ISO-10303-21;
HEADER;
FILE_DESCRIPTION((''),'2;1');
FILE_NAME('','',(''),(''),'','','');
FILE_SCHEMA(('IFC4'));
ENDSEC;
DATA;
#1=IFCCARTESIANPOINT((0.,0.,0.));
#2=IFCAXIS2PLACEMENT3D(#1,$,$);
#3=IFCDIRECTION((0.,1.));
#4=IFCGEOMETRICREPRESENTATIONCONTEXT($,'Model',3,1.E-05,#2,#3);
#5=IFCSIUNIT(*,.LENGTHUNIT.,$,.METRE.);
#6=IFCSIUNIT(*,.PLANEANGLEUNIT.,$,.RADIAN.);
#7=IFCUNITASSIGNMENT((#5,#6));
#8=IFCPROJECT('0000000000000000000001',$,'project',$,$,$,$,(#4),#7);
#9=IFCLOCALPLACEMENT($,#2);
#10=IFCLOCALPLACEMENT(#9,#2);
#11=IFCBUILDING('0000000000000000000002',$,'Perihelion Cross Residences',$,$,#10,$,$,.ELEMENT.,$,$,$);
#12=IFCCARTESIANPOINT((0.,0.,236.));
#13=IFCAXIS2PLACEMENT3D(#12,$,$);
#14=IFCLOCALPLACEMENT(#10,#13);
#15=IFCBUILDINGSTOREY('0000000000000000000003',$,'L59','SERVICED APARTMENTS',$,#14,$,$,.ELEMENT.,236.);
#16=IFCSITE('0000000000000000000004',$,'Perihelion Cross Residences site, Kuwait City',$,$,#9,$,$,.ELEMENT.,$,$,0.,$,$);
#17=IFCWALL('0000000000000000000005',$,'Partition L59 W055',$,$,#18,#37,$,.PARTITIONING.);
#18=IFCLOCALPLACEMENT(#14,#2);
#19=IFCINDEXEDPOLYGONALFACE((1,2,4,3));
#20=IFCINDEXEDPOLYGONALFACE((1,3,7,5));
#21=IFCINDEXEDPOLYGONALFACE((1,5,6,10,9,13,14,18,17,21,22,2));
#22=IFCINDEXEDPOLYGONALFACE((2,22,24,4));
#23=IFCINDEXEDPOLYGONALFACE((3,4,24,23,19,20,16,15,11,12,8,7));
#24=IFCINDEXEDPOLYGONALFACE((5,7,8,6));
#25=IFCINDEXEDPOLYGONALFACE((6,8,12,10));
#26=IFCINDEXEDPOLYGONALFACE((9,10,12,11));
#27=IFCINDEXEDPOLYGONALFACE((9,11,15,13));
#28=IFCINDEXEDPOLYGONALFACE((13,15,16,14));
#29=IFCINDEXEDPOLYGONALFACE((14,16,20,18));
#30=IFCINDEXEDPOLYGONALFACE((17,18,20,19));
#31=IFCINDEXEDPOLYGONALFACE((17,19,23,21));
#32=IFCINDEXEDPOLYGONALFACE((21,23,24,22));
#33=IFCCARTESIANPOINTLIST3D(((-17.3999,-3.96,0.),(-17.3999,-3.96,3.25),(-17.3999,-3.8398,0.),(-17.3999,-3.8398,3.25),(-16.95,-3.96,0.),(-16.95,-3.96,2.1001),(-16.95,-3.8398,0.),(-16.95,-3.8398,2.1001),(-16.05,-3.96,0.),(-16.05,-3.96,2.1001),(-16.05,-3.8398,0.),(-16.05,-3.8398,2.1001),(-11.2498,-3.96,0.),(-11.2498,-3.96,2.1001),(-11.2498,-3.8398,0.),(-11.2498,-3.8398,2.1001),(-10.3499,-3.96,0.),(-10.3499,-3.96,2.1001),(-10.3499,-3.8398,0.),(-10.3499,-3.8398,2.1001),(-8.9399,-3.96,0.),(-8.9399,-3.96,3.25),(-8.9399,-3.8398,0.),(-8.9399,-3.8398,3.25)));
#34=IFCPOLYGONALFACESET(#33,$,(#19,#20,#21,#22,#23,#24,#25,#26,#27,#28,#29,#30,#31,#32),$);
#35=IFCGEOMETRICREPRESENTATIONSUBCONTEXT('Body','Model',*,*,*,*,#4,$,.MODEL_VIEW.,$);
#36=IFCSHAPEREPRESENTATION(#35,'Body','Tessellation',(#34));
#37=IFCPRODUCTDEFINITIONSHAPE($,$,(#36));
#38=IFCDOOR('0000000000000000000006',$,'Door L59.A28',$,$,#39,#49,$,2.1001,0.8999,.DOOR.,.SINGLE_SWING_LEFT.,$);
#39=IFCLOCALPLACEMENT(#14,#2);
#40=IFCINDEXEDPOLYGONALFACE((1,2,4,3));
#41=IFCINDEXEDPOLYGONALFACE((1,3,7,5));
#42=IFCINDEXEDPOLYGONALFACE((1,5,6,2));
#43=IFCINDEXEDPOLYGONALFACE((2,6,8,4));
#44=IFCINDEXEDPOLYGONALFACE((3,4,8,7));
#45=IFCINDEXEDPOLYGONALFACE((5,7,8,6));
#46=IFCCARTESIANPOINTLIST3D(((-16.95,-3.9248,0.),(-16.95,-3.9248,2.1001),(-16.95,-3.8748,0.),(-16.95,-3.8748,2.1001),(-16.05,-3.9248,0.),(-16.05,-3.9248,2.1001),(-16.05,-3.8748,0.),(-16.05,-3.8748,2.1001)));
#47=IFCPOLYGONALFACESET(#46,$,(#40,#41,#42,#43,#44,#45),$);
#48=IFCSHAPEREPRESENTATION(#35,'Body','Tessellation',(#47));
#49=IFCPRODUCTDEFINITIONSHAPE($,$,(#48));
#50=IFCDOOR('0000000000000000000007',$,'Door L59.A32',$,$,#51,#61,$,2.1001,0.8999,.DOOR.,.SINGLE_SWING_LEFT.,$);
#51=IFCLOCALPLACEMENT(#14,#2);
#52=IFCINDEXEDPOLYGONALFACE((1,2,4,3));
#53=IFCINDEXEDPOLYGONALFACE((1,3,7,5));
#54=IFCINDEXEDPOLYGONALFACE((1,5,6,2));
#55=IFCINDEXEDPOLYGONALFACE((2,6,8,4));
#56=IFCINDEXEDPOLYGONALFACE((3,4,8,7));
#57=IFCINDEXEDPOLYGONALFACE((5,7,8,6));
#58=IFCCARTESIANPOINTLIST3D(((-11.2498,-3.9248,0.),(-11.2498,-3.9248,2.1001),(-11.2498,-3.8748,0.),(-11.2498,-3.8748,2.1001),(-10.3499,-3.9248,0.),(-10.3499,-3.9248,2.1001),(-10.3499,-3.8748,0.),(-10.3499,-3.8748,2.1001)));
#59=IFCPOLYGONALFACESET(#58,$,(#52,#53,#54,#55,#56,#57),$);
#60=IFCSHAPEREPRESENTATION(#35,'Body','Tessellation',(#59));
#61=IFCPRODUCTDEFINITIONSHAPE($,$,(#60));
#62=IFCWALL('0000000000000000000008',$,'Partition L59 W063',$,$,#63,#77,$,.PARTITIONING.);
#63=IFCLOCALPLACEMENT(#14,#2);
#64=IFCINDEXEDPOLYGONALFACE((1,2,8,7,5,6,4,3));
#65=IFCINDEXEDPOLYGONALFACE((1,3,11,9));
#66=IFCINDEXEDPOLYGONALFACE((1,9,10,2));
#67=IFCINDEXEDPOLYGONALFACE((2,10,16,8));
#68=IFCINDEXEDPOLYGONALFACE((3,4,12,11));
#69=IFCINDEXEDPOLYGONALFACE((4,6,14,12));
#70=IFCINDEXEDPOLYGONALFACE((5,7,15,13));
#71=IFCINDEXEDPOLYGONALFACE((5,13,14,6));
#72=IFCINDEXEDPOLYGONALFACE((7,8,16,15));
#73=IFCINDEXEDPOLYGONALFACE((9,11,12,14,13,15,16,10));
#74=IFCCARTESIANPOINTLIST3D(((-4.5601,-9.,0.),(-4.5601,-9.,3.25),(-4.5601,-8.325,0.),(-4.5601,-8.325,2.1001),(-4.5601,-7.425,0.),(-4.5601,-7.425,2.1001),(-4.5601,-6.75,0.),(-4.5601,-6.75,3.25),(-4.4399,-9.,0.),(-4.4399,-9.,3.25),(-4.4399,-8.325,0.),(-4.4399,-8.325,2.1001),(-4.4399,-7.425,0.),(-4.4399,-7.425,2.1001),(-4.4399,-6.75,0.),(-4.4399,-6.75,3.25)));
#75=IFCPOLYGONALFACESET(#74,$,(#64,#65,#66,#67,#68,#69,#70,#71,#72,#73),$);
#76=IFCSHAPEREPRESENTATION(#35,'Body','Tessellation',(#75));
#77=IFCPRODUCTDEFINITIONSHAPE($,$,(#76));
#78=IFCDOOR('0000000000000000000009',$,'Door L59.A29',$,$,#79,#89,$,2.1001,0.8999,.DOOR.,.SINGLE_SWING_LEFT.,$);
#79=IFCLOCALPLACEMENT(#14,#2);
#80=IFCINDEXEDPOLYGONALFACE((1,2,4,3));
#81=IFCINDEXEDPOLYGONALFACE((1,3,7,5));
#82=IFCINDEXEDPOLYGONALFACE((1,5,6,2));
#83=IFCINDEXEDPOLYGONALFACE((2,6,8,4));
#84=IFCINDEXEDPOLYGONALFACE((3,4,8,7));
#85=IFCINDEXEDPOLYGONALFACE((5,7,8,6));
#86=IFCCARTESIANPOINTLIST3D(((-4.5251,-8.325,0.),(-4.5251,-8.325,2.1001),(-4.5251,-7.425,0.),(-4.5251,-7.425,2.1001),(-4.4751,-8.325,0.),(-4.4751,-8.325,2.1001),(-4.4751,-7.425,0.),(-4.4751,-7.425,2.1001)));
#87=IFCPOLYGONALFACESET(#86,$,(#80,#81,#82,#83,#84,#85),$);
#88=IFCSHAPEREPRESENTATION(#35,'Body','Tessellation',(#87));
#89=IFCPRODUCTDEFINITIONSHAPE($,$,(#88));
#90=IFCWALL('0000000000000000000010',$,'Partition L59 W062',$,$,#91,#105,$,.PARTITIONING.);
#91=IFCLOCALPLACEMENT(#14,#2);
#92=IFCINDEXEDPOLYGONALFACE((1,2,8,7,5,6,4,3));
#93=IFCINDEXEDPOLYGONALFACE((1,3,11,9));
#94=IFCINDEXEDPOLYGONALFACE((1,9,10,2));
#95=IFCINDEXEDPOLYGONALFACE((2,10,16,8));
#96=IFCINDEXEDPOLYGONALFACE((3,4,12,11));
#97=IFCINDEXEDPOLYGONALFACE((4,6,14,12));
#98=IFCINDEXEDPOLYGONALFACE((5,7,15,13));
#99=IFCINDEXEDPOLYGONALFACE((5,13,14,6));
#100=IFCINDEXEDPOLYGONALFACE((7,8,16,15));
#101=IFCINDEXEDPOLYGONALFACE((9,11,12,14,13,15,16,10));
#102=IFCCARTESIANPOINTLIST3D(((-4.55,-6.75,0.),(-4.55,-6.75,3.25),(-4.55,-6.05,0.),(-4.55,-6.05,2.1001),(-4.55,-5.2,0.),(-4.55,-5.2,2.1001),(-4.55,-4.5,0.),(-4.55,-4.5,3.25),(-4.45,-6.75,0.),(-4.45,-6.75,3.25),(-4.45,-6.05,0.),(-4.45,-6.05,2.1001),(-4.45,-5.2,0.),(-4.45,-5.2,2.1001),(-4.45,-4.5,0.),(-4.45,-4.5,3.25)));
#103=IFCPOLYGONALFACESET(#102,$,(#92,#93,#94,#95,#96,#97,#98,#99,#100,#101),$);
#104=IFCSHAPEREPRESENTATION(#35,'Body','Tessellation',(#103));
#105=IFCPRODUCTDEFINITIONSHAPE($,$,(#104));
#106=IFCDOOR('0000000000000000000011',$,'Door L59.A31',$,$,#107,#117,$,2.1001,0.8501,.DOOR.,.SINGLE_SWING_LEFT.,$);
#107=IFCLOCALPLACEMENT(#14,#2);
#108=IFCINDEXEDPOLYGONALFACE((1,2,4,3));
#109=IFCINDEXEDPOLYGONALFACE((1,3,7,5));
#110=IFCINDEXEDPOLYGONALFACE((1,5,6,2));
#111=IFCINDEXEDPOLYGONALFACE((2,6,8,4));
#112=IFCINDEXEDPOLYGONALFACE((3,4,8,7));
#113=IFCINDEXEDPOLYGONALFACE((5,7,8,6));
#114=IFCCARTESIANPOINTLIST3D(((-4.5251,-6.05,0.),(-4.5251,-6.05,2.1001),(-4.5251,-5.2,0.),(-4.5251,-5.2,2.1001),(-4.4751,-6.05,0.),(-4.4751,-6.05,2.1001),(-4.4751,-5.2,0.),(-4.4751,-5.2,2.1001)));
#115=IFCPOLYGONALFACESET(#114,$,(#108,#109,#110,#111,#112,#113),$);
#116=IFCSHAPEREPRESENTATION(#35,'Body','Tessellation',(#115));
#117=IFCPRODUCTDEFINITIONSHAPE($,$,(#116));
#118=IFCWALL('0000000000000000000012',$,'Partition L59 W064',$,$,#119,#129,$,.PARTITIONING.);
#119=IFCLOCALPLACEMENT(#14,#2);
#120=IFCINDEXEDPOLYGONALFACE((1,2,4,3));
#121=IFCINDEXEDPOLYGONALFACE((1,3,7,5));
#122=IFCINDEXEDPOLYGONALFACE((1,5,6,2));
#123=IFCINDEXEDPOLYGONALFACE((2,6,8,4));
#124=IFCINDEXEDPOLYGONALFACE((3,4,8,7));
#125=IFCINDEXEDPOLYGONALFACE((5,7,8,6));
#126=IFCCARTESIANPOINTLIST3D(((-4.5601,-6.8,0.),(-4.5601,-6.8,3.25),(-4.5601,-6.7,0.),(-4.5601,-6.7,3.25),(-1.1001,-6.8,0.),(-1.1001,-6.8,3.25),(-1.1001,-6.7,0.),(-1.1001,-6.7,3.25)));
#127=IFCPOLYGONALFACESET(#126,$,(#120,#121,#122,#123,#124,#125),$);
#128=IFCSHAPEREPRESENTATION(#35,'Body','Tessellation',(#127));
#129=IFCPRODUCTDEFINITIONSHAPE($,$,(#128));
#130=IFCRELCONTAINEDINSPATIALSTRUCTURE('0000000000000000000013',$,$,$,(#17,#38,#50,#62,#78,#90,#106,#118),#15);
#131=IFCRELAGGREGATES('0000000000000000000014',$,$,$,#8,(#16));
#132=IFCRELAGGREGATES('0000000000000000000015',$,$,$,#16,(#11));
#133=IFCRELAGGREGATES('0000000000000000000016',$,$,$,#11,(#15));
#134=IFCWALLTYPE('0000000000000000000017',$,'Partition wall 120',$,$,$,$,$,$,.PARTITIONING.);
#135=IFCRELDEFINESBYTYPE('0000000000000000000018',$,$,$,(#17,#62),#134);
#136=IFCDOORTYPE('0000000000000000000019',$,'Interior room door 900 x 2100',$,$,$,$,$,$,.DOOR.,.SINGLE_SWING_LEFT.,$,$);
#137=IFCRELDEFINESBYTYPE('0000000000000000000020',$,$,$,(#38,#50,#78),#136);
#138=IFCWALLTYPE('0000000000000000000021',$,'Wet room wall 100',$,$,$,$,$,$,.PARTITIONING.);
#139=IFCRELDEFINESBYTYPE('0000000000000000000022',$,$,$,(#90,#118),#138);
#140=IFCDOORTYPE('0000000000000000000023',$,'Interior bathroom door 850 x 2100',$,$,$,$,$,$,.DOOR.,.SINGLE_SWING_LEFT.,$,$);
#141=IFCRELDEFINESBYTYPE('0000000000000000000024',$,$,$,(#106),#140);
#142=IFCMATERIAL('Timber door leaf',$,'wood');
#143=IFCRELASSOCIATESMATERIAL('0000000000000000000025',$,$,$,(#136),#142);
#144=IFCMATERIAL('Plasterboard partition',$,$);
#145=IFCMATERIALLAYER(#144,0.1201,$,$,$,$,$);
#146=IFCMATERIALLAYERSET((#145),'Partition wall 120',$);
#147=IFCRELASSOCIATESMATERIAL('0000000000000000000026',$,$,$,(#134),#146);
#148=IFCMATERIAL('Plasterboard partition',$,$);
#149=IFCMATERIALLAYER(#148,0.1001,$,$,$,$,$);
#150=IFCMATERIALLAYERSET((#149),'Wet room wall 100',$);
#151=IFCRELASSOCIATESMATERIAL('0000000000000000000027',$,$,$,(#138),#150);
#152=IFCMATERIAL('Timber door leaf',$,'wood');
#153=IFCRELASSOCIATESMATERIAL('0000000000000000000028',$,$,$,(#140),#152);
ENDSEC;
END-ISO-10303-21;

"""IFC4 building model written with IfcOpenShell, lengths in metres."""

from ifc_helpers import new_model, si_unit, direction, frame, frame_2d, origin, place, context, subcontext, project, spatial, rectangle, extrude, material, layer, layer_set, type_object, element, fill, save


model = new_model("IFC4")

# Units and contexts
model_context = context("Model", 3, precision=1e-05, world=origin(), true_north=direction((0.0, 1.0)))
body_context = subcontext(model_context, "Body", "Model", "MODEL_VIEW")
ifc_project = project(units=[si_unit("LENGTHUNIT", "METRE"), si_unit("PLANEANGLEUNIT", "RADIAN")], contexts=[model_context])

# Site, building, storey
site_placement = place(None, origin())
site = spatial("IfcSite", under=ifc_project, at=site_placement, Name="Perihelion Cross Residences site, Kuwait City", CompositionType="ELEMENT", RefElevation=0.0)
building_placement = place(site_placement, origin())
building = spatial("IfcBuilding", under=site, at=building_placement, Name="Perihelion Cross Residences", CompositionType="ELEMENT")
storey_placement = place(building_placement, frame((0.0, 0.0, 236.0)))
storey = spatial("IfcBuildingStorey", under=building, at=storey_placement, Name="L59", Description="SERVICED APARTMENTS", CompositionType="ELEMENT", Elevation=236.0)

# Shared definitions
ifc_material_1 = material(Name="Timber door leaf", Category="wood")
door_type_1 = type_object("IfcDoorType", Name="Interior room door 900 x 2100", OperationType="SINGLE_SWING_LEFT", PredefinedType="DOOR", material=ifc_material_1)

# Wall, openings, doors
ifc_material_2 = material(Name="Plasterboard partition")
ifc_layer_1 = layer(ifc_material_2, 0.1201)
ifc_layer_set_1 = layer_set([ifc_layer_1], Name="Partition wall 120")
wall_type_1 = type_object("IfcWallType", Name="Partition wall 120", PredefinedType="PARTITIONING", material=ifc_layer_set_1)
wall_1_placement = place(storey_placement, frame((-8.9399, -3.8999, 0.0), z_axis=(0.0, 0.0, 1.0), x_axis=(-1.0, 0.0, 0.0)))
wall_1 = element("IfcWall", 1, at=wall_1_placement, inside=storey, type_object=wall_type_1, Name="Partition L59 W055", PredefinedType="PARTITIONING", context=body_context, shape_type="SweptSolid", body=[
    extrude(rectangle(XDim=8.46, YDim=0.1201, at=frame_2d((4.23, 0.0))), origin(), (0.0, 0.0, 1.0), 3.25),
])
opening_1_placement = place(wall_1_placement, frame((7.1101, 0.0, 0.0)))
opening_1 = element("IfcOpeningElement", 2, at=opening_1_placement, cuts=wall_1, PredefinedType="OPENING", context=body_context, shape_type="SweptSolid", body=[
    extrude(rectangle(XDim=0.8999, YDim=2.1001, at=frame_2d((0.45, 1.05))), frame((0.0, 0.0701, 0.0), z_axis=(0.0, -1.0, 0.0), x_axis=(1.0, 0.0, 0.0)), (0.0, 0.0, 1.0), 0.1401),
])
opening_2_placement = place(wall_1_placement, frame((1.4099, 0.0, 0.0)))
opening_2 = element("IfcOpeningElement", 3, at=opening_2_placement, cuts=wall_1, PredefinedType="OPENING", context=body_context, shape_type="SweptSolid", body=[
    extrude(rectangle(XDim=0.8999, YDim=2.1001, at=frame_2d((0.45, 1.05))), frame((0.0, 0.0701, 0.0), z_axis=(0.0, -1.0, 0.0), x_axis=(1.0, 0.0, 0.0)), (0.0, 0.0, 1.0), 0.1401),
])
door_1_placement = place(opening_1_placement, origin())
door_1 = element("IfcDoor", 4, at=door_1_placement, inside=storey, type_object=door_type_1, Name="Door L59.A28", OperationType="SINGLE_SWING_LEFT", OverallHeight=2.1001, OverallWidth=0.8999, PredefinedType="DOOR", context=body_context, shape_type="SweptSolid", body=[
    extrude(rectangle(XDim=0.8999, YDim=2.1001, at=frame_2d((0.45, 1.05))), frame((0.0, 0.0249, 0.0), z_axis=(0.0, -1.0, 0.0), x_axis=(1.0, 0.0, 0.0)), (0.0, 0.0, 1.0), 0.05),
])
fill(opening_1, door_1)
door_2_placement = place(opening_2_placement, origin())
door_2 = element("IfcDoor", 5, at=door_2_placement, inside=storey, type_object=door_type_1, Name="Door L59.A32", OperationType="SINGLE_SWING_LEFT", OverallHeight=2.1001, OverallWidth=0.8999, PredefinedType="DOOR", context=body_context, shape_type="SweptSolid", body=[
    extrude(rectangle(XDim=0.8999, YDim=2.1001, at=frame_2d((0.45, 1.05))), frame((0.0, 0.0249, 0.0), z_axis=(0.0, -1.0, 0.0), x_axis=(1.0, 0.0, 0.0)), (0.0, 0.0, 1.0), 0.05),
])
fill(opening_2, door_2)

# Walls, openings, doors
wall_2_placement = place(storey_placement, frame((-4.5, -6.75, 0.0), z_axis=(0.0, 0.0, 1.0), x_axis=(0.0, -1.0, 0.0)))
wall_2 = element("IfcWall", 6, at=wall_2_placement, inside=storey, type_object=wall_type_1, Name="Partition L59 W063", PredefinedType="PARTITIONING", context=body_context, shape_type="SweptSolid", body=[
    extrude(rectangle(XDim=2.25, YDim=0.1201, at=frame_2d((1.125, 0.0))), origin(), (0.0, 0.0, 1.0), 3.25),
])
opening_3_placement = place(wall_2_placement, frame((0.675, 0.0, 0.0)))
opening_3 = element("IfcOpeningElement", 7, at=opening_3_placement, cuts=wall_2, PredefinedType="OPENING", context=body_context, shape_type="SweptSolid", body=[
    extrude(rectangle(XDim=0.8999, YDim=2.1001, at=frame_2d((0.45, 1.05))), frame((0.0, 0.0701, 0.0), z_axis=(0.0, -1.0, 0.0), x_axis=(1.0, 0.0, 0.0)), (0.0, 0.0, 1.0), 0.1401),
])
door_3_placement = place(opening_3_placement, origin())
door_3 = element("IfcDoor", 8, at=door_3_placement, inside=storey, type_object=door_type_1, Name="Door L59.A29", OperationType="SINGLE_SWING_LEFT", OverallHeight=2.1001, OverallWidth=0.8999, PredefinedType="DOOR", context=body_context, shape_type="SweptSolid", body=[
    extrude(rectangle(XDim=0.8999, YDim=2.1001, at=frame_2d((0.45, 1.05))), frame((0.0, 0.0249, 0.0), z_axis=(0.0, -1.0, 0.0), x_axis=(1.0, 0.0, 0.0)), (0.0, 0.0, 1.0), 0.05),
])
fill(opening_3, door_3)
ifc_material_3 = material(Name="Plasterboard partition")
ifc_layer_2 = layer(ifc_material_3, 0.1001)
ifc_layer_set_2 = layer_set([ifc_layer_2], Name="Wet room wall 100")
wall_type_2 = type_object("IfcWallType", Name="Wet room wall 100", PredefinedType="PARTITIONING", material=ifc_layer_set_2)
wall_3_placement = place(storey_placement, frame((-4.5, -4.5, 0.0), z_axis=(0.0, 0.0, 1.0), x_axis=(0.0, -1.0, 0.0)))
wall_3 = element("IfcWall", 9, at=wall_3_placement, inside=storey, type_object=wall_type_2, Name="Partition L59 W062", PredefinedType="PARTITIONING", context=body_context, shape_type="SweptSolid", body=[
    extrude(rectangle(XDim=2.25, YDim=0.1001, at=frame_2d((1.125, 0.0))), origin(), (0.0, 0.0, 1.0), 3.25),
])
opening_4_placement = place(wall_3_placement, frame((0.7, 0.0, 0.0)))
opening_4 = element("IfcOpeningElement", 10, at=opening_4_placement, cuts=wall_3, PredefinedType="OPENING", context=body_context, shape_type="SweptSolid", body=[
    extrude(rectangle(XDim=0.8501, YDim=2.1001, at=frame_2d((0.425, 1.05))), frame((0.0, 0.0601, 0.0), z_axis=(0.0, -1.0, 0.0), x_axis=(1.0, 0.0, 0.0)), (0.0, 0.0, 1.0), 0.1201),
])
ifc_material_4 = material(Name="Timber door leaf", Category="wood")
door_type_2 = type_object("IfcDoorType", Name="Interior bathroom door 850 x 2100", OperationType="SINGLE_SWING_LEFT", PredefinedType="DOOR", material=ifc_material_4)
door_4_placement = place(opening_4_placement, origin())
door_4 = element("IfcDoor", 11, at=door_4_placement, inside=storey, type_object=door_type_2, Name="Door L59.A31", OperationType="SINGLE_SWING_LEFT", OverallHeight=2.1001, OverallWidth=0.8501, PredefinedType="DOOR", context=body_context, shape_type="SweptSolid", body=[
    extrude(rectangle(XDim=0.8501, YDim=2.1001, at=frame_2d((0.425, 1.05))), frame((0.0, 0.0249, 0.0), z_axis=(0.0, -1.0, 0.0), x_axis=(1.0, 0.0, 0.0)), (0.0, 0.0, 1.0), 0.05),
])
fill(opening_4, door_4)

# Wall
wall_4_placement = place(storey_placement, frame((-1.1001, -6.75, 0.0), z_axis=(0.0, 0.0, 1.0), x_axis=(-1.0, 0.0, 0.0)))
element("IfcWall", 12, at=wall_4_placement, inside=storey, type_object=wall_type_2, Name="Partition L59 W064", PredefinedType="PARTITIONING", context=body_context, shape_type="SweptSolid", body=[
    extrude(rectangle(XDim=3.46, YDim=0.1001, at=frame_2d((1.73, 0.0))), origin(), (0.0, 0.0, 1.0), 3.25),
])

save(model, "model.ifc")
